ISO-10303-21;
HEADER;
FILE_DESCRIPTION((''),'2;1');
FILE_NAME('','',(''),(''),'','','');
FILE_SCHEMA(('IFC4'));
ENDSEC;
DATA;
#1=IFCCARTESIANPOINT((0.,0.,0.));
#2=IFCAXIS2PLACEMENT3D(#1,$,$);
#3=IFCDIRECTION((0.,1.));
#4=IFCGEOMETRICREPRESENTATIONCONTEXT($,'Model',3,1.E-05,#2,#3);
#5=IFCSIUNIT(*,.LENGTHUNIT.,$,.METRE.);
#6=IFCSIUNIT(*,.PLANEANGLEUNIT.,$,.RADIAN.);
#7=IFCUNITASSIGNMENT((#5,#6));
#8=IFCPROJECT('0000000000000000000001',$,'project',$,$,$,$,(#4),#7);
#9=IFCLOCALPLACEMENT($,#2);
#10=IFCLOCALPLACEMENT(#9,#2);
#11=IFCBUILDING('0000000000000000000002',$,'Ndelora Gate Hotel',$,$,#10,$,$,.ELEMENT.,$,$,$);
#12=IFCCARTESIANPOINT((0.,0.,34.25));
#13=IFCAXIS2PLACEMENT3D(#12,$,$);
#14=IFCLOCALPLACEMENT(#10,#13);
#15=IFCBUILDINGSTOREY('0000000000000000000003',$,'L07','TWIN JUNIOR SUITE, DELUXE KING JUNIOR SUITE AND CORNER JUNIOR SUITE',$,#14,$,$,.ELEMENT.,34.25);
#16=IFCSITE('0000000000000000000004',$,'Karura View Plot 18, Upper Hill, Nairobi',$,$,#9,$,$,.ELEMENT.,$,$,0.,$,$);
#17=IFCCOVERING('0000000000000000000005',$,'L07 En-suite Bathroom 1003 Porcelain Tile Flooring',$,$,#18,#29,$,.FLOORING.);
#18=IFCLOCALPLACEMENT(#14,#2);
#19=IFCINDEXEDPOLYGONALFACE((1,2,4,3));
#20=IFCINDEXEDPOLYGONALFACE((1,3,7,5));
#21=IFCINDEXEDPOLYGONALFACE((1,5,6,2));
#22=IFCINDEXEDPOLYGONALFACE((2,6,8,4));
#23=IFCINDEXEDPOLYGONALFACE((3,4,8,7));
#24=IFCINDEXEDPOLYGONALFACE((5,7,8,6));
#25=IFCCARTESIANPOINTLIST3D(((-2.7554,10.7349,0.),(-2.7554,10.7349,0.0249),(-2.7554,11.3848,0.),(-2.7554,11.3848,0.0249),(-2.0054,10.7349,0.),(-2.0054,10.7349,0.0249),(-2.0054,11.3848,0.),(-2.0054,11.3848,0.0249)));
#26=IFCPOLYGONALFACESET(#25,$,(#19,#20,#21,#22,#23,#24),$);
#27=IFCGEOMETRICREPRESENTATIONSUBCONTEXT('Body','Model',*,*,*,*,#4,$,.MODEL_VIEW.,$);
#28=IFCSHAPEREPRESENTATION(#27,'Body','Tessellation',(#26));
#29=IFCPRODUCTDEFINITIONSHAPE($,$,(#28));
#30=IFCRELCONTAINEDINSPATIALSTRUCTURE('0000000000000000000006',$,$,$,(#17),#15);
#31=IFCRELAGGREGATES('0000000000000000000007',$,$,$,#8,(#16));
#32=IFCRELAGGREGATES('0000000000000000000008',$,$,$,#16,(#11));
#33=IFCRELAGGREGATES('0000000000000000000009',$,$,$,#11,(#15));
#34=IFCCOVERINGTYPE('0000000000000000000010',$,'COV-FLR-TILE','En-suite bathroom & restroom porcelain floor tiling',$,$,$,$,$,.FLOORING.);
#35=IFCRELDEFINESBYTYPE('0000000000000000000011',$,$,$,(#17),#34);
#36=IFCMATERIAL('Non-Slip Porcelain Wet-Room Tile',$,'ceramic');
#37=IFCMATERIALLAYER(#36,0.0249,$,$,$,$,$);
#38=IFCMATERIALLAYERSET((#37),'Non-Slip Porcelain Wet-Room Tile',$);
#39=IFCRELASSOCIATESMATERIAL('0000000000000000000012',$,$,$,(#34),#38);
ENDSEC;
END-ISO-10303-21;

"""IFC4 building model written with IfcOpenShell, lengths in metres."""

from ifc_helpers import new_model, si_unit, direction, frame, origin, origin_2d, place, context, subcontext, project, spatial, rectangle, extrude, material, layer, layer_set, type_object, element, save


model = new_model("IFC4")

# Units and contexts
model_context = context("Model", 3, precision=1e-05, world=origin(), true_north=direction((0.0, 1.0)))
body_context = subcontext(model_context, "Body", "Model", "MODEL_VIEW")
ifc_project = project(units=[si_unit("LENGTHUNIT", "METRE"), si_unit("PLANEANGLEUNIT", "RADIAN")], contexts=[model_context])

# Site, building, storey
site_placement = place(None, origin())
site = spatial("IfcSite", under=ifc_project, at=site_placement, Name="Karura View Plot 18, Upper Hill, Nairobi", CompositionType="ELEMENT", RefElevation=0.0)
building_placement = place(site_placement, origin())
building = spatial("IfcBuilding", under=site, at=building_placement, Name="Ndelora Gate Hotel", CompositionType="ELEMENT")
storey_placement = place(building_placement, frame((0.0, 0.0, 34.25)))
storey = spatial("IfcBuildingStorey", under=building, at=storey_placement, Name="L07", Description="TWIN JUNIOR SUITE, DELUXE KING JUNIOR SUITE AND CORNER JUNIOR SUITE", CompositionType="ELEMENT", Elevation=34.25)

# Covering
ifc_material_1 = material(Name="Non-Slip Porcelain Wet-Room Tile", Category="ceramic")
ifc_layer_1 = layer(ifc_material_1, 0.0249)
ifc_layer_set_1 = layer_set([ifc_layer_1], Name="Non-Slip Porcelain Wet-Room Tile")
covering_type_1 = type_object("IfcCoveringType", Name="COV-FLR-TILE", Description="En-suite bathroom & restroom porcelain floor tiling", PredefinedType="FLOORING", material=ifc_layer_set_1)
covering_1_placement = place(storey_placement, frame((-2.3804, 11.0598, 0.0), z_axis=(0.0, 0.0, 1.0), x_axis=(1.0, 0.0, 0.0)))
element("IfcCovering", 1, at=covering_1_placement, inside=storey, type_object=covering_type_1, Name="L07 En-suite Bathroom 1003 Porcelain Tile Flooring", PredefinedType="FLOORING", context=body_context, shape_type="SweptSolid", body=[
    extrude(rectangle(XDim=0.75, YDim=0.6499, at=origin_2d()), origin(), (0.0, 0.0, 1.0), 0.0249),
])

save(model, "model.ifc")
